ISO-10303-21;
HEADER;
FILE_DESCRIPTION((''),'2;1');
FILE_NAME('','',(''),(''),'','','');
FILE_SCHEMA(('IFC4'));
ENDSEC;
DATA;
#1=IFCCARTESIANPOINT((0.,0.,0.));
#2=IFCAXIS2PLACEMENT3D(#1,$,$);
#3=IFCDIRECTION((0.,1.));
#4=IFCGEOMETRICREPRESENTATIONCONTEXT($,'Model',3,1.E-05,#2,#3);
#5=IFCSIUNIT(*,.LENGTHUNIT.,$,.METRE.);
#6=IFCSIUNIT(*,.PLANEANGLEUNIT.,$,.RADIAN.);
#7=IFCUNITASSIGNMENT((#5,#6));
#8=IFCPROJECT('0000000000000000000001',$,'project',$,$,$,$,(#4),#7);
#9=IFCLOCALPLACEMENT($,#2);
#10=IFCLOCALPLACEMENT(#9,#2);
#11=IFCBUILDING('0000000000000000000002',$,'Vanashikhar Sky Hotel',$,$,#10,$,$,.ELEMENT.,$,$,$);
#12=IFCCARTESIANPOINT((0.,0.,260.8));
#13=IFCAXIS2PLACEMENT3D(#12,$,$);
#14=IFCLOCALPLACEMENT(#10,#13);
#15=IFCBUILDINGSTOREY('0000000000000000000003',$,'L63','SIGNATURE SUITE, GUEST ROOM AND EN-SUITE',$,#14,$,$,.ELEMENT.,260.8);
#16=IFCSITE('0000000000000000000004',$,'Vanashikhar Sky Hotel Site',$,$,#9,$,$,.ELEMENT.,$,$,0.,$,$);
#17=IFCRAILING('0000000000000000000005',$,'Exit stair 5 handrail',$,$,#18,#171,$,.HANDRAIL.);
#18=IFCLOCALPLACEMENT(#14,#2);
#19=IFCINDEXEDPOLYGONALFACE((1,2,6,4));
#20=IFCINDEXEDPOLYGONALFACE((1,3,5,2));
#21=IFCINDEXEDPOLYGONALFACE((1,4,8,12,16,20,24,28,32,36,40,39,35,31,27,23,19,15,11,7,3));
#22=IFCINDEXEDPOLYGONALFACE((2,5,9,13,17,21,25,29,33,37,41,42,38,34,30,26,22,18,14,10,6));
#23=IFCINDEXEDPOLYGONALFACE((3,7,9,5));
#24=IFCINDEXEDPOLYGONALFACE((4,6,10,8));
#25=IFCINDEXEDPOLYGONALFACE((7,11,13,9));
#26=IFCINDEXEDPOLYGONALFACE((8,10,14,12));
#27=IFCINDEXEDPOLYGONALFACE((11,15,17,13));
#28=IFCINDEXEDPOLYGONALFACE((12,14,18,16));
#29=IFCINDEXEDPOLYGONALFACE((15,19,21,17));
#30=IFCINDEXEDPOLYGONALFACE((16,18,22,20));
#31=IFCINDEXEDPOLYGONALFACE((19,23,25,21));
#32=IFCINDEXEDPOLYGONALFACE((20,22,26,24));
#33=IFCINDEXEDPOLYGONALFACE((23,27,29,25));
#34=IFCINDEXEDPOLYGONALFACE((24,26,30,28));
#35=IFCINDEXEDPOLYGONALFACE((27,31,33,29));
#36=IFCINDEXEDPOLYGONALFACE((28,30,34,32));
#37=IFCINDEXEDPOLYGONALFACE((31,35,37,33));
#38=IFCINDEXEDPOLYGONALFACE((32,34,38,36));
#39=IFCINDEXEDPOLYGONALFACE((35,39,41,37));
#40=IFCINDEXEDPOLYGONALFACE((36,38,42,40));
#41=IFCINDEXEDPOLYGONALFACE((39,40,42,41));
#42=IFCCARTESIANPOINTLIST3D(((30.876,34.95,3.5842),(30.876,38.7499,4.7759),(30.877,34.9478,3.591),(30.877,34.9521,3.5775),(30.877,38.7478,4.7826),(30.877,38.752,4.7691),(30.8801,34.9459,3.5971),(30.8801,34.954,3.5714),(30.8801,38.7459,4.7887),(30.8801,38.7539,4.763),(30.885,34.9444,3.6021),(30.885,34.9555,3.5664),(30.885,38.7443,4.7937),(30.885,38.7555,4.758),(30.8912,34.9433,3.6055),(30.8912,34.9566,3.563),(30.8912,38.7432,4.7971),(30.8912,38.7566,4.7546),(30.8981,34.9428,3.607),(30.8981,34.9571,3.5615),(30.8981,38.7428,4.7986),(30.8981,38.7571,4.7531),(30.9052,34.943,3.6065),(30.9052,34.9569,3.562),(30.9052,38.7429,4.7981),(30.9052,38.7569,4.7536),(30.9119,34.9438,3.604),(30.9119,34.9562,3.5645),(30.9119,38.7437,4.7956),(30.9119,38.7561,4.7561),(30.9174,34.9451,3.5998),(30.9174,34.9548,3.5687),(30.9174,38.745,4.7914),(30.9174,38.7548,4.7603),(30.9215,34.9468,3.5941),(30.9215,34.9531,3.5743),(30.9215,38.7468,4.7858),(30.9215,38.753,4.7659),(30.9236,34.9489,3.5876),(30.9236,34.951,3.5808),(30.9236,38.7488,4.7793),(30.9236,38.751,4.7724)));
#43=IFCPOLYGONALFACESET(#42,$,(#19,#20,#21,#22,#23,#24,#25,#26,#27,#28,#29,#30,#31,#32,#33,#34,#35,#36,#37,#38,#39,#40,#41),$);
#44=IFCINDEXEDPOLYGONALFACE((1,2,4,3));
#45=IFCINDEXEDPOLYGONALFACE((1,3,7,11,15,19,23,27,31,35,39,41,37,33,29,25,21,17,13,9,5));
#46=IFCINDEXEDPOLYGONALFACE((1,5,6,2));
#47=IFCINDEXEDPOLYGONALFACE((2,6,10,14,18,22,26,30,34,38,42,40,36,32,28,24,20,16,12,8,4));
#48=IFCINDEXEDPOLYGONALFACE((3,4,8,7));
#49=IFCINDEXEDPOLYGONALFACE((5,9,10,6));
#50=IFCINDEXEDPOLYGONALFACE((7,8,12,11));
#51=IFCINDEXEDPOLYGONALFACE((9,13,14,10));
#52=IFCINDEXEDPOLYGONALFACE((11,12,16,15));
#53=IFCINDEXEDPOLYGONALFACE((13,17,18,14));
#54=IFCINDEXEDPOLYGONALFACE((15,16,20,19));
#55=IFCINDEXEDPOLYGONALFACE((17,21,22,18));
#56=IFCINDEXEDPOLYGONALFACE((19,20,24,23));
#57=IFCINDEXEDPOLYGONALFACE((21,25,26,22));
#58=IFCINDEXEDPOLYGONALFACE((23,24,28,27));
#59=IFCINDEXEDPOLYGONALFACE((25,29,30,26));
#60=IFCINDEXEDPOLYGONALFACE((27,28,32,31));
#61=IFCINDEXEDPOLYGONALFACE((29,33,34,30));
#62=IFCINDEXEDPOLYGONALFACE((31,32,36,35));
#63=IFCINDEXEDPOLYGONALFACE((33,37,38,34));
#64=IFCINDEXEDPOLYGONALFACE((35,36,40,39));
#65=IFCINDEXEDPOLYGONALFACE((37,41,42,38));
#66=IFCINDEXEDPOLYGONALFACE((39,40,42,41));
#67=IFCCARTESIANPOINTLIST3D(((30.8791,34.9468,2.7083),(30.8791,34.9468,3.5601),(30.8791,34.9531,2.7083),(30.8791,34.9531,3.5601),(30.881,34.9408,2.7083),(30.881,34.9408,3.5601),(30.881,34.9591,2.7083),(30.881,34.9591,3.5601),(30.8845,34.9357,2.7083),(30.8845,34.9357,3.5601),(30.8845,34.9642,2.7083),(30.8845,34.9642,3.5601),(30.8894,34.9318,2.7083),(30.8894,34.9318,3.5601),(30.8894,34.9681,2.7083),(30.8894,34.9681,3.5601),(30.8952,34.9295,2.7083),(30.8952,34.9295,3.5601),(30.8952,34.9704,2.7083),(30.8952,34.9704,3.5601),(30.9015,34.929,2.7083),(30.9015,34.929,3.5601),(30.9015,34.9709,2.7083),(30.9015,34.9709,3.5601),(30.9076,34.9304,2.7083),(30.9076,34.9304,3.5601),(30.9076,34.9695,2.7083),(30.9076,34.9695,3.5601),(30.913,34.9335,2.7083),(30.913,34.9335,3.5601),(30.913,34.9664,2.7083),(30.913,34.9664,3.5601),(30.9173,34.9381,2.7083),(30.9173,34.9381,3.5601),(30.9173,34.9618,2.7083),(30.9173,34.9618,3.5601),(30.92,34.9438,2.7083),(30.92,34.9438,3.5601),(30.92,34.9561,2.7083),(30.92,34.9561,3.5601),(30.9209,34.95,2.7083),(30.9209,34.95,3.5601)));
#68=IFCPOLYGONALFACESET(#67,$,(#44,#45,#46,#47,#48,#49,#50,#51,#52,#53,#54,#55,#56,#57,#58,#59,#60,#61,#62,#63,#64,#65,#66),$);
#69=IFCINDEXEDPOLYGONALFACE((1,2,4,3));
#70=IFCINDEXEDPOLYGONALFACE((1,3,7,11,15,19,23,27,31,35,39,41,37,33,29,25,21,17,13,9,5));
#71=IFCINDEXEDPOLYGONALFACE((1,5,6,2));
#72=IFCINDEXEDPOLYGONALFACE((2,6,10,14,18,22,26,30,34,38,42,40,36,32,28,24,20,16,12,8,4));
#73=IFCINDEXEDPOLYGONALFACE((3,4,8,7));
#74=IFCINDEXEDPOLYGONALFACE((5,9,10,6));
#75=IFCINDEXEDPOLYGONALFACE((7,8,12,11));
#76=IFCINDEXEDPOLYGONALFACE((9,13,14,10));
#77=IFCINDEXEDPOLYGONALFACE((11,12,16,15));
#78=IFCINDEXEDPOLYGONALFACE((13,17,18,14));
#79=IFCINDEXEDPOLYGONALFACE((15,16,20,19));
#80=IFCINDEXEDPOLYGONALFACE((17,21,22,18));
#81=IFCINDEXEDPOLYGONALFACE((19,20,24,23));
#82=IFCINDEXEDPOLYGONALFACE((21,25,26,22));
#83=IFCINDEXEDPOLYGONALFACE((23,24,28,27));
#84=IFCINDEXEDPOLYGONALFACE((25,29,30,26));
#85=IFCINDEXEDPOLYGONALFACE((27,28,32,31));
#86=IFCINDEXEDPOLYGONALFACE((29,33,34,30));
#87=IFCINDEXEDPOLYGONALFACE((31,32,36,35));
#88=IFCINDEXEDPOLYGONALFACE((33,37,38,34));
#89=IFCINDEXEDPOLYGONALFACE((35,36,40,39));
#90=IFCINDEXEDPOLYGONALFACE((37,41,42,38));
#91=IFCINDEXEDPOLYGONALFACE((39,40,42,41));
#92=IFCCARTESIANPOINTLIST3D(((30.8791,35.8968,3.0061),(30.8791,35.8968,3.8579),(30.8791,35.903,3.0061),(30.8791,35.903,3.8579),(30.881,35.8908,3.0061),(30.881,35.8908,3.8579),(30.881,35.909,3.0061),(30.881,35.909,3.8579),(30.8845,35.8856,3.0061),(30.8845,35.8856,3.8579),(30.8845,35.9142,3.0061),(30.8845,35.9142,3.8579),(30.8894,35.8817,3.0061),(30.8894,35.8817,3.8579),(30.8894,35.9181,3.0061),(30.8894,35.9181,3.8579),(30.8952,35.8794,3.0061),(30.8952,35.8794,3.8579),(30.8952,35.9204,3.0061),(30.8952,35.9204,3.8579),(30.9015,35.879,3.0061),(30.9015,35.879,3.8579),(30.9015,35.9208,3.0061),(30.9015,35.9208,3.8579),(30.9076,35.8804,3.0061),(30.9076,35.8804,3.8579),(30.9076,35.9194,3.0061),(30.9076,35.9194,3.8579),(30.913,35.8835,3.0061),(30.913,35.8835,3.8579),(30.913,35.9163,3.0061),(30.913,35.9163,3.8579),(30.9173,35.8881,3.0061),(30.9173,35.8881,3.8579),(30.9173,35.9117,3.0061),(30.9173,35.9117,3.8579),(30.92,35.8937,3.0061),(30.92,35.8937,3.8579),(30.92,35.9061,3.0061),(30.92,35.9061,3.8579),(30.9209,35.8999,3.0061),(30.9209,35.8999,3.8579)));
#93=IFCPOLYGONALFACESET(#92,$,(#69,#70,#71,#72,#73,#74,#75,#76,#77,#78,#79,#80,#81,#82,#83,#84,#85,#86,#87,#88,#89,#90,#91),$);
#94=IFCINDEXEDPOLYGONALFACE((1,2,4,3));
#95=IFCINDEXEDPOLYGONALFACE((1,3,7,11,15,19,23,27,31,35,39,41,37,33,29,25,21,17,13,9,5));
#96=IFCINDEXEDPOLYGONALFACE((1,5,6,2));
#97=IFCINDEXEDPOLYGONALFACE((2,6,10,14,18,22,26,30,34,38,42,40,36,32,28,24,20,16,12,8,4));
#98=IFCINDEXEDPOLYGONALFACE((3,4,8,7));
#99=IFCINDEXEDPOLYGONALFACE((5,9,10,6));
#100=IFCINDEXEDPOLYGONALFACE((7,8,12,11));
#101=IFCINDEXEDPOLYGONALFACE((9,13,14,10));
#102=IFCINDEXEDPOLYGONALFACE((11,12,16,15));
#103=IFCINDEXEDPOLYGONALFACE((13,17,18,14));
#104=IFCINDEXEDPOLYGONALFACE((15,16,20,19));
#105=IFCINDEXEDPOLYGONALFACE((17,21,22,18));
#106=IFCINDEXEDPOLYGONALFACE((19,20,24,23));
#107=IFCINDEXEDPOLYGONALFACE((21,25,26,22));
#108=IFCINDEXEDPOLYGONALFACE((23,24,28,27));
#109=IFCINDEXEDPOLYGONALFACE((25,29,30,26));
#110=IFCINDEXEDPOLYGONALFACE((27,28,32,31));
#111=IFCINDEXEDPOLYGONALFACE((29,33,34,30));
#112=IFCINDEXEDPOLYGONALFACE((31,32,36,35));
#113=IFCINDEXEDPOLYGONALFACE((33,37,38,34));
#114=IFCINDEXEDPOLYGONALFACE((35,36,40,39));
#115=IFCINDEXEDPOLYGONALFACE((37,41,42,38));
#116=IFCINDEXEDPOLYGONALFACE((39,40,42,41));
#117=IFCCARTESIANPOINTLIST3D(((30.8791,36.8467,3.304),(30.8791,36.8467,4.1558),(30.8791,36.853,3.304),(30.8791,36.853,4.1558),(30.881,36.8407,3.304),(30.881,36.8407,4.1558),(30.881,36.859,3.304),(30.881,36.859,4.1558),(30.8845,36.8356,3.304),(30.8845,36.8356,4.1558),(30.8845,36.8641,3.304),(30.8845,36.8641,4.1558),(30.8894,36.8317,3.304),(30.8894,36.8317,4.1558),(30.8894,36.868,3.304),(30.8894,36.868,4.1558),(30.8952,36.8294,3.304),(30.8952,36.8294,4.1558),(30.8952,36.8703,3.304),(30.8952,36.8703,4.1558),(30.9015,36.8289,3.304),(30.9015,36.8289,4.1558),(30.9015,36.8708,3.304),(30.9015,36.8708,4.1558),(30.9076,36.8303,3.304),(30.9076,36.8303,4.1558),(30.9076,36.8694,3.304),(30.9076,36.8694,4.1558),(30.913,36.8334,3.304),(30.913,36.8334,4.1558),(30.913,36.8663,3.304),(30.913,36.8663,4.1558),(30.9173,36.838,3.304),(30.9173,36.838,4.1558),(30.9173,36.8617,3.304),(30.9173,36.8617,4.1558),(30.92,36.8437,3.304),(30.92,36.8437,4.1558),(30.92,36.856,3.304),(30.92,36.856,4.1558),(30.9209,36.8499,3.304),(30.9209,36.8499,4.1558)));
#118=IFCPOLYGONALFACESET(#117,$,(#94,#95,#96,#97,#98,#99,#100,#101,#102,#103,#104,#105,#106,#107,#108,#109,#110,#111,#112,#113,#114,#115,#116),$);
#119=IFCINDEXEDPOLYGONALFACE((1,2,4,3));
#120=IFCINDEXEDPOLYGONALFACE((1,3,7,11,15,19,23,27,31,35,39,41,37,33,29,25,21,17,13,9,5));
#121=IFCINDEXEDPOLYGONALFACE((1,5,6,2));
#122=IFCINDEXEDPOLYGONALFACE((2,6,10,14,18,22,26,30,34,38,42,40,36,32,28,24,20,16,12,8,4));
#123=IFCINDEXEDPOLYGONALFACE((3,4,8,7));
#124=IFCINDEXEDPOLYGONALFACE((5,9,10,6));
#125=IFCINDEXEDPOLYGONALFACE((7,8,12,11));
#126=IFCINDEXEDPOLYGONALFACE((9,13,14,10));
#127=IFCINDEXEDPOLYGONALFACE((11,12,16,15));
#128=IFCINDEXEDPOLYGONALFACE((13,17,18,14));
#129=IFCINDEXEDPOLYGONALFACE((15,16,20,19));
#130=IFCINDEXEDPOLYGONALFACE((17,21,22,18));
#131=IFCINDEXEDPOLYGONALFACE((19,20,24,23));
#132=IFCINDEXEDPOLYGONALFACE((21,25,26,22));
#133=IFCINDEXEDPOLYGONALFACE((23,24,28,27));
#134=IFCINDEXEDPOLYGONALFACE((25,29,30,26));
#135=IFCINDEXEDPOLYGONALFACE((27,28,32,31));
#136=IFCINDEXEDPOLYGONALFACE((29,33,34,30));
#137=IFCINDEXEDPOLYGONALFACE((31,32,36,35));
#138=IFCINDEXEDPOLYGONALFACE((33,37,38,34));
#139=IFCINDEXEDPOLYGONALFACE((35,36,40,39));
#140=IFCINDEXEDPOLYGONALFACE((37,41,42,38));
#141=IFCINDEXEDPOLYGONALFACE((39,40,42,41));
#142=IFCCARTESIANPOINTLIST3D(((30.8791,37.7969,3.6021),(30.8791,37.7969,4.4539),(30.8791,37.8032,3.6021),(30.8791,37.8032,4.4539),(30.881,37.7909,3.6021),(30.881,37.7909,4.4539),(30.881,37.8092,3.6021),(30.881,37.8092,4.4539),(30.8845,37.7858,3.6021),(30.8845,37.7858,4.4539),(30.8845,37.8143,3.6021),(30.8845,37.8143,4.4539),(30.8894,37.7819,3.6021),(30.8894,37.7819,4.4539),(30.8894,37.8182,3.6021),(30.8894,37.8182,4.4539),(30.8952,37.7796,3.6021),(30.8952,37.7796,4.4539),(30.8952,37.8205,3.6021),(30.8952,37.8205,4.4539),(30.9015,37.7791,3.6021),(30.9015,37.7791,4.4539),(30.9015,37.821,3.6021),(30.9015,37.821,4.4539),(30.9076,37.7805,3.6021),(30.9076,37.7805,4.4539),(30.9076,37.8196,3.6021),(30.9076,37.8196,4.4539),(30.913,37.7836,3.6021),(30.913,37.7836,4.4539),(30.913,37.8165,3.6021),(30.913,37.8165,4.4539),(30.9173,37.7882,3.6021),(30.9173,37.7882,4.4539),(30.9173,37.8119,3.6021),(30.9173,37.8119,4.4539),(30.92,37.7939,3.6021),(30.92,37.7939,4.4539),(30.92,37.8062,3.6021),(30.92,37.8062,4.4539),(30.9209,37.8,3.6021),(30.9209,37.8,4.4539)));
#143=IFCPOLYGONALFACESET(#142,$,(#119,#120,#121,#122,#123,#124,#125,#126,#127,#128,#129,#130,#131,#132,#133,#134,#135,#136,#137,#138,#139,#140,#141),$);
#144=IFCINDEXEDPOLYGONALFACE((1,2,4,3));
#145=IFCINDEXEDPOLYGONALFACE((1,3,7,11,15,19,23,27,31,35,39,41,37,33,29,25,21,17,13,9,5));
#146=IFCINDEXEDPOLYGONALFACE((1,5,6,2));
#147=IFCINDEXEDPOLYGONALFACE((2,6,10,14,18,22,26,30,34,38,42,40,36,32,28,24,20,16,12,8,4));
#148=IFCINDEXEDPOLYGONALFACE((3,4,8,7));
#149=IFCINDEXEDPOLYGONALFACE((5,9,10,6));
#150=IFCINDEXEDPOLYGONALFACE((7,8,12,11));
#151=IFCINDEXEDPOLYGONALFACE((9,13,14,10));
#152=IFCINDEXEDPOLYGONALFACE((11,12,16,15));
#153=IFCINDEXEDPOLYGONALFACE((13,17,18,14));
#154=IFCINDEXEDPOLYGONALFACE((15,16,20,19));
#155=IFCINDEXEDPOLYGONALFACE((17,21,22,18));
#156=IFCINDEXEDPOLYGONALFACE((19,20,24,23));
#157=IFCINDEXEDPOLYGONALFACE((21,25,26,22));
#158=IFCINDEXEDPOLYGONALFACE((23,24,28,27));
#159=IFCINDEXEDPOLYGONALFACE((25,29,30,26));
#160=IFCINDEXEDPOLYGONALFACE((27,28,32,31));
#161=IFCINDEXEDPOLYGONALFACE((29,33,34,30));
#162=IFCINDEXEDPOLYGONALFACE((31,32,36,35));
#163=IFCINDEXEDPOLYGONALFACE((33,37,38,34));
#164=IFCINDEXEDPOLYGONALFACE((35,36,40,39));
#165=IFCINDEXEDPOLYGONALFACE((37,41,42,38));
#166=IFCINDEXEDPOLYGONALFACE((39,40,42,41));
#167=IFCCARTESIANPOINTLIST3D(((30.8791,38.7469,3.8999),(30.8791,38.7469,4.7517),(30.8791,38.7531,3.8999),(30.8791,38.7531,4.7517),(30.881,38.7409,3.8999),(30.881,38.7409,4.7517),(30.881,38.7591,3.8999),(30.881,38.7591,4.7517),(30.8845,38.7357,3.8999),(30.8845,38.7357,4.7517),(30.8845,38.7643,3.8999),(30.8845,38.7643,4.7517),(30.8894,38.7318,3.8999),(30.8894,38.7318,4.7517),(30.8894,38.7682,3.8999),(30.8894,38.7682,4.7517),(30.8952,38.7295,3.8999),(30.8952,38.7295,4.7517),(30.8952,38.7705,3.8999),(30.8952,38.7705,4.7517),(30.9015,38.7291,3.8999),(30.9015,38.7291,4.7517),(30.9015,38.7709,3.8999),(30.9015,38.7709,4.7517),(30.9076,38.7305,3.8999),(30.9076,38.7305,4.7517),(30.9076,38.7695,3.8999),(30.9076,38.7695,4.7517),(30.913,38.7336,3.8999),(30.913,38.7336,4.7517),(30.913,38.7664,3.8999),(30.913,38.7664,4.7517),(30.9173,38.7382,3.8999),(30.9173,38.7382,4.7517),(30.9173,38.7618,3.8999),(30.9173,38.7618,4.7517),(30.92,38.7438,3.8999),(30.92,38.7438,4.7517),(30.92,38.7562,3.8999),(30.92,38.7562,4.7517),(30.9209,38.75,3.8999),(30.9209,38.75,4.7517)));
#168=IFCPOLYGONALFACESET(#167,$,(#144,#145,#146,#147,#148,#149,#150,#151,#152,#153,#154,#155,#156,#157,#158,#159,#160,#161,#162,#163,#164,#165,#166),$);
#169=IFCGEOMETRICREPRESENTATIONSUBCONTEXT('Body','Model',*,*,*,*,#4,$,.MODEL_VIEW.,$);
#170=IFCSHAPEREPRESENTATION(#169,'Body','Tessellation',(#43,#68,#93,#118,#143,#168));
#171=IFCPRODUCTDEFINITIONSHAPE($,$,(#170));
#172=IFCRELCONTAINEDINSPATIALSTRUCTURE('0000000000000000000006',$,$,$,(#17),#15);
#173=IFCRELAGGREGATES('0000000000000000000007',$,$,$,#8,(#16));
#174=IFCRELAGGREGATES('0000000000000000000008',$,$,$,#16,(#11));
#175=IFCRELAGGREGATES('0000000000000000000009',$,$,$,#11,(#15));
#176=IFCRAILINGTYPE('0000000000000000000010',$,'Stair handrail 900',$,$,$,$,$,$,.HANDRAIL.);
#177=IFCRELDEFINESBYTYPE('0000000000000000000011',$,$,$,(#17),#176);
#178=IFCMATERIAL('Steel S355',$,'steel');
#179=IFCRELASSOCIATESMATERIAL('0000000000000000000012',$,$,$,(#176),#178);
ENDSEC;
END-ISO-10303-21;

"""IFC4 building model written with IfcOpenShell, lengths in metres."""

from ifc_helpers import new_model, si_unit, direction, frame, origin, origin_2d, place, context, subcontext, project, spatial, circle, extrude, source, transform, mapped, material, type_object, element, save


model = new_model("IFC4")

# Units and contexts
model_context = context("Model", 3, precision=1e-05, world=origin(), true_north=direction((0.0, 1.0)))
body_context = subcontext(model_context, "Body", "Model", "MODEL_VIEW")
ifc_project = project(units=[si_unit("LENGTHUNIT", "METRE"), si_unit("PLANEANGLEUNIT", "RADIAN")], contexts=[model_context])

# Site, building, storey
site_placement = place(None, origin())
site = spatial("IfcSite", under=ifc_project, at=site_placement, Name="Vanashikhar Sky Hotel Site", CompositionType="ELEMENT", RefElevation=0.0)
building_placement = place(site_placement, origin())
building = spatial("IfcBuilding", under=site, at=building_placement, Name="Vanashikhar Sky Hotel", CompositionType="ELEMENT")
storey_placement = place(building_placement, frame((0.0, 0.0, 260.8)))
storey = spatial("IfcBuildingStorey", under=building, at=storey_placement, Name="L63", Description="SIGNATURE SUITE, GUEST ROOM AND EN-SUITE", CompositionType="ELEMENT", Elevation=260.8)

# Railing
ifc_material_1 = material(Name="Steel S355", Category="steel")
railing_type = type_object("IfcRailingType", Name="Stair handrail 900", PredefinedType="HANDRAIL", material=ifc_material_1)
shared_shape_1 = source(origin(), body_context, "Body", "SweptSolid", [
    extrude(circle(Radius=0.0239, at=origin_2d()), frame((0.0, 0.0, 0.876), z_axis=(0.0, 0.954184, 0.299221), x_axis=(-1.0, 0.0, 0.0)), (0.0, 0.0, 1.0), 3.9824),
    extrude(circle(Radius=0.021, at=origin_2d()), origin(), (0.0, 0.0, 1.0), 0.8518),
    extrude(circle(Radius=0.021, at=origin_2d()), frame((0.0, 0.95, 0.2979)), (0.0, 0.0, 1.0), 0.8518),
    extrude(circle(Radius=0.021, at=origin_2d()), frame((0.0, 1.8999, 0.5957)), (0.0, 0.0, 1.0), 0.8518),
    extrude(circle(Radius=0.021, at=origin_2d()), frame((0.0, 2.8501, 0.8938)), (0.0, 0.0, 1.0), 0.8518),
    extrude(circle(Radius=0.021, at=origin_2d()), frame((0.0, 3.8, 1.1917)), (0.0, 0.0, 1.0), 0.8518),
])
for number, where, name in (
    (1, (30.8999, 34.95, 2.7083), "Exit stair 5 handrail"),
):
    element("IfcRailing", number, at=place(storey_placement, frame(where)), inside=storey, type_object=railing_type, Name=name, PredefinedType="HANDRAIL", context=body_context, shape_type="MappedRepresentation", body=[
        mapped(shared_shape_1, transform((0.0, 0.0, 0.0), scale=1.0)),
    ])

save(model, "model.ifc")
